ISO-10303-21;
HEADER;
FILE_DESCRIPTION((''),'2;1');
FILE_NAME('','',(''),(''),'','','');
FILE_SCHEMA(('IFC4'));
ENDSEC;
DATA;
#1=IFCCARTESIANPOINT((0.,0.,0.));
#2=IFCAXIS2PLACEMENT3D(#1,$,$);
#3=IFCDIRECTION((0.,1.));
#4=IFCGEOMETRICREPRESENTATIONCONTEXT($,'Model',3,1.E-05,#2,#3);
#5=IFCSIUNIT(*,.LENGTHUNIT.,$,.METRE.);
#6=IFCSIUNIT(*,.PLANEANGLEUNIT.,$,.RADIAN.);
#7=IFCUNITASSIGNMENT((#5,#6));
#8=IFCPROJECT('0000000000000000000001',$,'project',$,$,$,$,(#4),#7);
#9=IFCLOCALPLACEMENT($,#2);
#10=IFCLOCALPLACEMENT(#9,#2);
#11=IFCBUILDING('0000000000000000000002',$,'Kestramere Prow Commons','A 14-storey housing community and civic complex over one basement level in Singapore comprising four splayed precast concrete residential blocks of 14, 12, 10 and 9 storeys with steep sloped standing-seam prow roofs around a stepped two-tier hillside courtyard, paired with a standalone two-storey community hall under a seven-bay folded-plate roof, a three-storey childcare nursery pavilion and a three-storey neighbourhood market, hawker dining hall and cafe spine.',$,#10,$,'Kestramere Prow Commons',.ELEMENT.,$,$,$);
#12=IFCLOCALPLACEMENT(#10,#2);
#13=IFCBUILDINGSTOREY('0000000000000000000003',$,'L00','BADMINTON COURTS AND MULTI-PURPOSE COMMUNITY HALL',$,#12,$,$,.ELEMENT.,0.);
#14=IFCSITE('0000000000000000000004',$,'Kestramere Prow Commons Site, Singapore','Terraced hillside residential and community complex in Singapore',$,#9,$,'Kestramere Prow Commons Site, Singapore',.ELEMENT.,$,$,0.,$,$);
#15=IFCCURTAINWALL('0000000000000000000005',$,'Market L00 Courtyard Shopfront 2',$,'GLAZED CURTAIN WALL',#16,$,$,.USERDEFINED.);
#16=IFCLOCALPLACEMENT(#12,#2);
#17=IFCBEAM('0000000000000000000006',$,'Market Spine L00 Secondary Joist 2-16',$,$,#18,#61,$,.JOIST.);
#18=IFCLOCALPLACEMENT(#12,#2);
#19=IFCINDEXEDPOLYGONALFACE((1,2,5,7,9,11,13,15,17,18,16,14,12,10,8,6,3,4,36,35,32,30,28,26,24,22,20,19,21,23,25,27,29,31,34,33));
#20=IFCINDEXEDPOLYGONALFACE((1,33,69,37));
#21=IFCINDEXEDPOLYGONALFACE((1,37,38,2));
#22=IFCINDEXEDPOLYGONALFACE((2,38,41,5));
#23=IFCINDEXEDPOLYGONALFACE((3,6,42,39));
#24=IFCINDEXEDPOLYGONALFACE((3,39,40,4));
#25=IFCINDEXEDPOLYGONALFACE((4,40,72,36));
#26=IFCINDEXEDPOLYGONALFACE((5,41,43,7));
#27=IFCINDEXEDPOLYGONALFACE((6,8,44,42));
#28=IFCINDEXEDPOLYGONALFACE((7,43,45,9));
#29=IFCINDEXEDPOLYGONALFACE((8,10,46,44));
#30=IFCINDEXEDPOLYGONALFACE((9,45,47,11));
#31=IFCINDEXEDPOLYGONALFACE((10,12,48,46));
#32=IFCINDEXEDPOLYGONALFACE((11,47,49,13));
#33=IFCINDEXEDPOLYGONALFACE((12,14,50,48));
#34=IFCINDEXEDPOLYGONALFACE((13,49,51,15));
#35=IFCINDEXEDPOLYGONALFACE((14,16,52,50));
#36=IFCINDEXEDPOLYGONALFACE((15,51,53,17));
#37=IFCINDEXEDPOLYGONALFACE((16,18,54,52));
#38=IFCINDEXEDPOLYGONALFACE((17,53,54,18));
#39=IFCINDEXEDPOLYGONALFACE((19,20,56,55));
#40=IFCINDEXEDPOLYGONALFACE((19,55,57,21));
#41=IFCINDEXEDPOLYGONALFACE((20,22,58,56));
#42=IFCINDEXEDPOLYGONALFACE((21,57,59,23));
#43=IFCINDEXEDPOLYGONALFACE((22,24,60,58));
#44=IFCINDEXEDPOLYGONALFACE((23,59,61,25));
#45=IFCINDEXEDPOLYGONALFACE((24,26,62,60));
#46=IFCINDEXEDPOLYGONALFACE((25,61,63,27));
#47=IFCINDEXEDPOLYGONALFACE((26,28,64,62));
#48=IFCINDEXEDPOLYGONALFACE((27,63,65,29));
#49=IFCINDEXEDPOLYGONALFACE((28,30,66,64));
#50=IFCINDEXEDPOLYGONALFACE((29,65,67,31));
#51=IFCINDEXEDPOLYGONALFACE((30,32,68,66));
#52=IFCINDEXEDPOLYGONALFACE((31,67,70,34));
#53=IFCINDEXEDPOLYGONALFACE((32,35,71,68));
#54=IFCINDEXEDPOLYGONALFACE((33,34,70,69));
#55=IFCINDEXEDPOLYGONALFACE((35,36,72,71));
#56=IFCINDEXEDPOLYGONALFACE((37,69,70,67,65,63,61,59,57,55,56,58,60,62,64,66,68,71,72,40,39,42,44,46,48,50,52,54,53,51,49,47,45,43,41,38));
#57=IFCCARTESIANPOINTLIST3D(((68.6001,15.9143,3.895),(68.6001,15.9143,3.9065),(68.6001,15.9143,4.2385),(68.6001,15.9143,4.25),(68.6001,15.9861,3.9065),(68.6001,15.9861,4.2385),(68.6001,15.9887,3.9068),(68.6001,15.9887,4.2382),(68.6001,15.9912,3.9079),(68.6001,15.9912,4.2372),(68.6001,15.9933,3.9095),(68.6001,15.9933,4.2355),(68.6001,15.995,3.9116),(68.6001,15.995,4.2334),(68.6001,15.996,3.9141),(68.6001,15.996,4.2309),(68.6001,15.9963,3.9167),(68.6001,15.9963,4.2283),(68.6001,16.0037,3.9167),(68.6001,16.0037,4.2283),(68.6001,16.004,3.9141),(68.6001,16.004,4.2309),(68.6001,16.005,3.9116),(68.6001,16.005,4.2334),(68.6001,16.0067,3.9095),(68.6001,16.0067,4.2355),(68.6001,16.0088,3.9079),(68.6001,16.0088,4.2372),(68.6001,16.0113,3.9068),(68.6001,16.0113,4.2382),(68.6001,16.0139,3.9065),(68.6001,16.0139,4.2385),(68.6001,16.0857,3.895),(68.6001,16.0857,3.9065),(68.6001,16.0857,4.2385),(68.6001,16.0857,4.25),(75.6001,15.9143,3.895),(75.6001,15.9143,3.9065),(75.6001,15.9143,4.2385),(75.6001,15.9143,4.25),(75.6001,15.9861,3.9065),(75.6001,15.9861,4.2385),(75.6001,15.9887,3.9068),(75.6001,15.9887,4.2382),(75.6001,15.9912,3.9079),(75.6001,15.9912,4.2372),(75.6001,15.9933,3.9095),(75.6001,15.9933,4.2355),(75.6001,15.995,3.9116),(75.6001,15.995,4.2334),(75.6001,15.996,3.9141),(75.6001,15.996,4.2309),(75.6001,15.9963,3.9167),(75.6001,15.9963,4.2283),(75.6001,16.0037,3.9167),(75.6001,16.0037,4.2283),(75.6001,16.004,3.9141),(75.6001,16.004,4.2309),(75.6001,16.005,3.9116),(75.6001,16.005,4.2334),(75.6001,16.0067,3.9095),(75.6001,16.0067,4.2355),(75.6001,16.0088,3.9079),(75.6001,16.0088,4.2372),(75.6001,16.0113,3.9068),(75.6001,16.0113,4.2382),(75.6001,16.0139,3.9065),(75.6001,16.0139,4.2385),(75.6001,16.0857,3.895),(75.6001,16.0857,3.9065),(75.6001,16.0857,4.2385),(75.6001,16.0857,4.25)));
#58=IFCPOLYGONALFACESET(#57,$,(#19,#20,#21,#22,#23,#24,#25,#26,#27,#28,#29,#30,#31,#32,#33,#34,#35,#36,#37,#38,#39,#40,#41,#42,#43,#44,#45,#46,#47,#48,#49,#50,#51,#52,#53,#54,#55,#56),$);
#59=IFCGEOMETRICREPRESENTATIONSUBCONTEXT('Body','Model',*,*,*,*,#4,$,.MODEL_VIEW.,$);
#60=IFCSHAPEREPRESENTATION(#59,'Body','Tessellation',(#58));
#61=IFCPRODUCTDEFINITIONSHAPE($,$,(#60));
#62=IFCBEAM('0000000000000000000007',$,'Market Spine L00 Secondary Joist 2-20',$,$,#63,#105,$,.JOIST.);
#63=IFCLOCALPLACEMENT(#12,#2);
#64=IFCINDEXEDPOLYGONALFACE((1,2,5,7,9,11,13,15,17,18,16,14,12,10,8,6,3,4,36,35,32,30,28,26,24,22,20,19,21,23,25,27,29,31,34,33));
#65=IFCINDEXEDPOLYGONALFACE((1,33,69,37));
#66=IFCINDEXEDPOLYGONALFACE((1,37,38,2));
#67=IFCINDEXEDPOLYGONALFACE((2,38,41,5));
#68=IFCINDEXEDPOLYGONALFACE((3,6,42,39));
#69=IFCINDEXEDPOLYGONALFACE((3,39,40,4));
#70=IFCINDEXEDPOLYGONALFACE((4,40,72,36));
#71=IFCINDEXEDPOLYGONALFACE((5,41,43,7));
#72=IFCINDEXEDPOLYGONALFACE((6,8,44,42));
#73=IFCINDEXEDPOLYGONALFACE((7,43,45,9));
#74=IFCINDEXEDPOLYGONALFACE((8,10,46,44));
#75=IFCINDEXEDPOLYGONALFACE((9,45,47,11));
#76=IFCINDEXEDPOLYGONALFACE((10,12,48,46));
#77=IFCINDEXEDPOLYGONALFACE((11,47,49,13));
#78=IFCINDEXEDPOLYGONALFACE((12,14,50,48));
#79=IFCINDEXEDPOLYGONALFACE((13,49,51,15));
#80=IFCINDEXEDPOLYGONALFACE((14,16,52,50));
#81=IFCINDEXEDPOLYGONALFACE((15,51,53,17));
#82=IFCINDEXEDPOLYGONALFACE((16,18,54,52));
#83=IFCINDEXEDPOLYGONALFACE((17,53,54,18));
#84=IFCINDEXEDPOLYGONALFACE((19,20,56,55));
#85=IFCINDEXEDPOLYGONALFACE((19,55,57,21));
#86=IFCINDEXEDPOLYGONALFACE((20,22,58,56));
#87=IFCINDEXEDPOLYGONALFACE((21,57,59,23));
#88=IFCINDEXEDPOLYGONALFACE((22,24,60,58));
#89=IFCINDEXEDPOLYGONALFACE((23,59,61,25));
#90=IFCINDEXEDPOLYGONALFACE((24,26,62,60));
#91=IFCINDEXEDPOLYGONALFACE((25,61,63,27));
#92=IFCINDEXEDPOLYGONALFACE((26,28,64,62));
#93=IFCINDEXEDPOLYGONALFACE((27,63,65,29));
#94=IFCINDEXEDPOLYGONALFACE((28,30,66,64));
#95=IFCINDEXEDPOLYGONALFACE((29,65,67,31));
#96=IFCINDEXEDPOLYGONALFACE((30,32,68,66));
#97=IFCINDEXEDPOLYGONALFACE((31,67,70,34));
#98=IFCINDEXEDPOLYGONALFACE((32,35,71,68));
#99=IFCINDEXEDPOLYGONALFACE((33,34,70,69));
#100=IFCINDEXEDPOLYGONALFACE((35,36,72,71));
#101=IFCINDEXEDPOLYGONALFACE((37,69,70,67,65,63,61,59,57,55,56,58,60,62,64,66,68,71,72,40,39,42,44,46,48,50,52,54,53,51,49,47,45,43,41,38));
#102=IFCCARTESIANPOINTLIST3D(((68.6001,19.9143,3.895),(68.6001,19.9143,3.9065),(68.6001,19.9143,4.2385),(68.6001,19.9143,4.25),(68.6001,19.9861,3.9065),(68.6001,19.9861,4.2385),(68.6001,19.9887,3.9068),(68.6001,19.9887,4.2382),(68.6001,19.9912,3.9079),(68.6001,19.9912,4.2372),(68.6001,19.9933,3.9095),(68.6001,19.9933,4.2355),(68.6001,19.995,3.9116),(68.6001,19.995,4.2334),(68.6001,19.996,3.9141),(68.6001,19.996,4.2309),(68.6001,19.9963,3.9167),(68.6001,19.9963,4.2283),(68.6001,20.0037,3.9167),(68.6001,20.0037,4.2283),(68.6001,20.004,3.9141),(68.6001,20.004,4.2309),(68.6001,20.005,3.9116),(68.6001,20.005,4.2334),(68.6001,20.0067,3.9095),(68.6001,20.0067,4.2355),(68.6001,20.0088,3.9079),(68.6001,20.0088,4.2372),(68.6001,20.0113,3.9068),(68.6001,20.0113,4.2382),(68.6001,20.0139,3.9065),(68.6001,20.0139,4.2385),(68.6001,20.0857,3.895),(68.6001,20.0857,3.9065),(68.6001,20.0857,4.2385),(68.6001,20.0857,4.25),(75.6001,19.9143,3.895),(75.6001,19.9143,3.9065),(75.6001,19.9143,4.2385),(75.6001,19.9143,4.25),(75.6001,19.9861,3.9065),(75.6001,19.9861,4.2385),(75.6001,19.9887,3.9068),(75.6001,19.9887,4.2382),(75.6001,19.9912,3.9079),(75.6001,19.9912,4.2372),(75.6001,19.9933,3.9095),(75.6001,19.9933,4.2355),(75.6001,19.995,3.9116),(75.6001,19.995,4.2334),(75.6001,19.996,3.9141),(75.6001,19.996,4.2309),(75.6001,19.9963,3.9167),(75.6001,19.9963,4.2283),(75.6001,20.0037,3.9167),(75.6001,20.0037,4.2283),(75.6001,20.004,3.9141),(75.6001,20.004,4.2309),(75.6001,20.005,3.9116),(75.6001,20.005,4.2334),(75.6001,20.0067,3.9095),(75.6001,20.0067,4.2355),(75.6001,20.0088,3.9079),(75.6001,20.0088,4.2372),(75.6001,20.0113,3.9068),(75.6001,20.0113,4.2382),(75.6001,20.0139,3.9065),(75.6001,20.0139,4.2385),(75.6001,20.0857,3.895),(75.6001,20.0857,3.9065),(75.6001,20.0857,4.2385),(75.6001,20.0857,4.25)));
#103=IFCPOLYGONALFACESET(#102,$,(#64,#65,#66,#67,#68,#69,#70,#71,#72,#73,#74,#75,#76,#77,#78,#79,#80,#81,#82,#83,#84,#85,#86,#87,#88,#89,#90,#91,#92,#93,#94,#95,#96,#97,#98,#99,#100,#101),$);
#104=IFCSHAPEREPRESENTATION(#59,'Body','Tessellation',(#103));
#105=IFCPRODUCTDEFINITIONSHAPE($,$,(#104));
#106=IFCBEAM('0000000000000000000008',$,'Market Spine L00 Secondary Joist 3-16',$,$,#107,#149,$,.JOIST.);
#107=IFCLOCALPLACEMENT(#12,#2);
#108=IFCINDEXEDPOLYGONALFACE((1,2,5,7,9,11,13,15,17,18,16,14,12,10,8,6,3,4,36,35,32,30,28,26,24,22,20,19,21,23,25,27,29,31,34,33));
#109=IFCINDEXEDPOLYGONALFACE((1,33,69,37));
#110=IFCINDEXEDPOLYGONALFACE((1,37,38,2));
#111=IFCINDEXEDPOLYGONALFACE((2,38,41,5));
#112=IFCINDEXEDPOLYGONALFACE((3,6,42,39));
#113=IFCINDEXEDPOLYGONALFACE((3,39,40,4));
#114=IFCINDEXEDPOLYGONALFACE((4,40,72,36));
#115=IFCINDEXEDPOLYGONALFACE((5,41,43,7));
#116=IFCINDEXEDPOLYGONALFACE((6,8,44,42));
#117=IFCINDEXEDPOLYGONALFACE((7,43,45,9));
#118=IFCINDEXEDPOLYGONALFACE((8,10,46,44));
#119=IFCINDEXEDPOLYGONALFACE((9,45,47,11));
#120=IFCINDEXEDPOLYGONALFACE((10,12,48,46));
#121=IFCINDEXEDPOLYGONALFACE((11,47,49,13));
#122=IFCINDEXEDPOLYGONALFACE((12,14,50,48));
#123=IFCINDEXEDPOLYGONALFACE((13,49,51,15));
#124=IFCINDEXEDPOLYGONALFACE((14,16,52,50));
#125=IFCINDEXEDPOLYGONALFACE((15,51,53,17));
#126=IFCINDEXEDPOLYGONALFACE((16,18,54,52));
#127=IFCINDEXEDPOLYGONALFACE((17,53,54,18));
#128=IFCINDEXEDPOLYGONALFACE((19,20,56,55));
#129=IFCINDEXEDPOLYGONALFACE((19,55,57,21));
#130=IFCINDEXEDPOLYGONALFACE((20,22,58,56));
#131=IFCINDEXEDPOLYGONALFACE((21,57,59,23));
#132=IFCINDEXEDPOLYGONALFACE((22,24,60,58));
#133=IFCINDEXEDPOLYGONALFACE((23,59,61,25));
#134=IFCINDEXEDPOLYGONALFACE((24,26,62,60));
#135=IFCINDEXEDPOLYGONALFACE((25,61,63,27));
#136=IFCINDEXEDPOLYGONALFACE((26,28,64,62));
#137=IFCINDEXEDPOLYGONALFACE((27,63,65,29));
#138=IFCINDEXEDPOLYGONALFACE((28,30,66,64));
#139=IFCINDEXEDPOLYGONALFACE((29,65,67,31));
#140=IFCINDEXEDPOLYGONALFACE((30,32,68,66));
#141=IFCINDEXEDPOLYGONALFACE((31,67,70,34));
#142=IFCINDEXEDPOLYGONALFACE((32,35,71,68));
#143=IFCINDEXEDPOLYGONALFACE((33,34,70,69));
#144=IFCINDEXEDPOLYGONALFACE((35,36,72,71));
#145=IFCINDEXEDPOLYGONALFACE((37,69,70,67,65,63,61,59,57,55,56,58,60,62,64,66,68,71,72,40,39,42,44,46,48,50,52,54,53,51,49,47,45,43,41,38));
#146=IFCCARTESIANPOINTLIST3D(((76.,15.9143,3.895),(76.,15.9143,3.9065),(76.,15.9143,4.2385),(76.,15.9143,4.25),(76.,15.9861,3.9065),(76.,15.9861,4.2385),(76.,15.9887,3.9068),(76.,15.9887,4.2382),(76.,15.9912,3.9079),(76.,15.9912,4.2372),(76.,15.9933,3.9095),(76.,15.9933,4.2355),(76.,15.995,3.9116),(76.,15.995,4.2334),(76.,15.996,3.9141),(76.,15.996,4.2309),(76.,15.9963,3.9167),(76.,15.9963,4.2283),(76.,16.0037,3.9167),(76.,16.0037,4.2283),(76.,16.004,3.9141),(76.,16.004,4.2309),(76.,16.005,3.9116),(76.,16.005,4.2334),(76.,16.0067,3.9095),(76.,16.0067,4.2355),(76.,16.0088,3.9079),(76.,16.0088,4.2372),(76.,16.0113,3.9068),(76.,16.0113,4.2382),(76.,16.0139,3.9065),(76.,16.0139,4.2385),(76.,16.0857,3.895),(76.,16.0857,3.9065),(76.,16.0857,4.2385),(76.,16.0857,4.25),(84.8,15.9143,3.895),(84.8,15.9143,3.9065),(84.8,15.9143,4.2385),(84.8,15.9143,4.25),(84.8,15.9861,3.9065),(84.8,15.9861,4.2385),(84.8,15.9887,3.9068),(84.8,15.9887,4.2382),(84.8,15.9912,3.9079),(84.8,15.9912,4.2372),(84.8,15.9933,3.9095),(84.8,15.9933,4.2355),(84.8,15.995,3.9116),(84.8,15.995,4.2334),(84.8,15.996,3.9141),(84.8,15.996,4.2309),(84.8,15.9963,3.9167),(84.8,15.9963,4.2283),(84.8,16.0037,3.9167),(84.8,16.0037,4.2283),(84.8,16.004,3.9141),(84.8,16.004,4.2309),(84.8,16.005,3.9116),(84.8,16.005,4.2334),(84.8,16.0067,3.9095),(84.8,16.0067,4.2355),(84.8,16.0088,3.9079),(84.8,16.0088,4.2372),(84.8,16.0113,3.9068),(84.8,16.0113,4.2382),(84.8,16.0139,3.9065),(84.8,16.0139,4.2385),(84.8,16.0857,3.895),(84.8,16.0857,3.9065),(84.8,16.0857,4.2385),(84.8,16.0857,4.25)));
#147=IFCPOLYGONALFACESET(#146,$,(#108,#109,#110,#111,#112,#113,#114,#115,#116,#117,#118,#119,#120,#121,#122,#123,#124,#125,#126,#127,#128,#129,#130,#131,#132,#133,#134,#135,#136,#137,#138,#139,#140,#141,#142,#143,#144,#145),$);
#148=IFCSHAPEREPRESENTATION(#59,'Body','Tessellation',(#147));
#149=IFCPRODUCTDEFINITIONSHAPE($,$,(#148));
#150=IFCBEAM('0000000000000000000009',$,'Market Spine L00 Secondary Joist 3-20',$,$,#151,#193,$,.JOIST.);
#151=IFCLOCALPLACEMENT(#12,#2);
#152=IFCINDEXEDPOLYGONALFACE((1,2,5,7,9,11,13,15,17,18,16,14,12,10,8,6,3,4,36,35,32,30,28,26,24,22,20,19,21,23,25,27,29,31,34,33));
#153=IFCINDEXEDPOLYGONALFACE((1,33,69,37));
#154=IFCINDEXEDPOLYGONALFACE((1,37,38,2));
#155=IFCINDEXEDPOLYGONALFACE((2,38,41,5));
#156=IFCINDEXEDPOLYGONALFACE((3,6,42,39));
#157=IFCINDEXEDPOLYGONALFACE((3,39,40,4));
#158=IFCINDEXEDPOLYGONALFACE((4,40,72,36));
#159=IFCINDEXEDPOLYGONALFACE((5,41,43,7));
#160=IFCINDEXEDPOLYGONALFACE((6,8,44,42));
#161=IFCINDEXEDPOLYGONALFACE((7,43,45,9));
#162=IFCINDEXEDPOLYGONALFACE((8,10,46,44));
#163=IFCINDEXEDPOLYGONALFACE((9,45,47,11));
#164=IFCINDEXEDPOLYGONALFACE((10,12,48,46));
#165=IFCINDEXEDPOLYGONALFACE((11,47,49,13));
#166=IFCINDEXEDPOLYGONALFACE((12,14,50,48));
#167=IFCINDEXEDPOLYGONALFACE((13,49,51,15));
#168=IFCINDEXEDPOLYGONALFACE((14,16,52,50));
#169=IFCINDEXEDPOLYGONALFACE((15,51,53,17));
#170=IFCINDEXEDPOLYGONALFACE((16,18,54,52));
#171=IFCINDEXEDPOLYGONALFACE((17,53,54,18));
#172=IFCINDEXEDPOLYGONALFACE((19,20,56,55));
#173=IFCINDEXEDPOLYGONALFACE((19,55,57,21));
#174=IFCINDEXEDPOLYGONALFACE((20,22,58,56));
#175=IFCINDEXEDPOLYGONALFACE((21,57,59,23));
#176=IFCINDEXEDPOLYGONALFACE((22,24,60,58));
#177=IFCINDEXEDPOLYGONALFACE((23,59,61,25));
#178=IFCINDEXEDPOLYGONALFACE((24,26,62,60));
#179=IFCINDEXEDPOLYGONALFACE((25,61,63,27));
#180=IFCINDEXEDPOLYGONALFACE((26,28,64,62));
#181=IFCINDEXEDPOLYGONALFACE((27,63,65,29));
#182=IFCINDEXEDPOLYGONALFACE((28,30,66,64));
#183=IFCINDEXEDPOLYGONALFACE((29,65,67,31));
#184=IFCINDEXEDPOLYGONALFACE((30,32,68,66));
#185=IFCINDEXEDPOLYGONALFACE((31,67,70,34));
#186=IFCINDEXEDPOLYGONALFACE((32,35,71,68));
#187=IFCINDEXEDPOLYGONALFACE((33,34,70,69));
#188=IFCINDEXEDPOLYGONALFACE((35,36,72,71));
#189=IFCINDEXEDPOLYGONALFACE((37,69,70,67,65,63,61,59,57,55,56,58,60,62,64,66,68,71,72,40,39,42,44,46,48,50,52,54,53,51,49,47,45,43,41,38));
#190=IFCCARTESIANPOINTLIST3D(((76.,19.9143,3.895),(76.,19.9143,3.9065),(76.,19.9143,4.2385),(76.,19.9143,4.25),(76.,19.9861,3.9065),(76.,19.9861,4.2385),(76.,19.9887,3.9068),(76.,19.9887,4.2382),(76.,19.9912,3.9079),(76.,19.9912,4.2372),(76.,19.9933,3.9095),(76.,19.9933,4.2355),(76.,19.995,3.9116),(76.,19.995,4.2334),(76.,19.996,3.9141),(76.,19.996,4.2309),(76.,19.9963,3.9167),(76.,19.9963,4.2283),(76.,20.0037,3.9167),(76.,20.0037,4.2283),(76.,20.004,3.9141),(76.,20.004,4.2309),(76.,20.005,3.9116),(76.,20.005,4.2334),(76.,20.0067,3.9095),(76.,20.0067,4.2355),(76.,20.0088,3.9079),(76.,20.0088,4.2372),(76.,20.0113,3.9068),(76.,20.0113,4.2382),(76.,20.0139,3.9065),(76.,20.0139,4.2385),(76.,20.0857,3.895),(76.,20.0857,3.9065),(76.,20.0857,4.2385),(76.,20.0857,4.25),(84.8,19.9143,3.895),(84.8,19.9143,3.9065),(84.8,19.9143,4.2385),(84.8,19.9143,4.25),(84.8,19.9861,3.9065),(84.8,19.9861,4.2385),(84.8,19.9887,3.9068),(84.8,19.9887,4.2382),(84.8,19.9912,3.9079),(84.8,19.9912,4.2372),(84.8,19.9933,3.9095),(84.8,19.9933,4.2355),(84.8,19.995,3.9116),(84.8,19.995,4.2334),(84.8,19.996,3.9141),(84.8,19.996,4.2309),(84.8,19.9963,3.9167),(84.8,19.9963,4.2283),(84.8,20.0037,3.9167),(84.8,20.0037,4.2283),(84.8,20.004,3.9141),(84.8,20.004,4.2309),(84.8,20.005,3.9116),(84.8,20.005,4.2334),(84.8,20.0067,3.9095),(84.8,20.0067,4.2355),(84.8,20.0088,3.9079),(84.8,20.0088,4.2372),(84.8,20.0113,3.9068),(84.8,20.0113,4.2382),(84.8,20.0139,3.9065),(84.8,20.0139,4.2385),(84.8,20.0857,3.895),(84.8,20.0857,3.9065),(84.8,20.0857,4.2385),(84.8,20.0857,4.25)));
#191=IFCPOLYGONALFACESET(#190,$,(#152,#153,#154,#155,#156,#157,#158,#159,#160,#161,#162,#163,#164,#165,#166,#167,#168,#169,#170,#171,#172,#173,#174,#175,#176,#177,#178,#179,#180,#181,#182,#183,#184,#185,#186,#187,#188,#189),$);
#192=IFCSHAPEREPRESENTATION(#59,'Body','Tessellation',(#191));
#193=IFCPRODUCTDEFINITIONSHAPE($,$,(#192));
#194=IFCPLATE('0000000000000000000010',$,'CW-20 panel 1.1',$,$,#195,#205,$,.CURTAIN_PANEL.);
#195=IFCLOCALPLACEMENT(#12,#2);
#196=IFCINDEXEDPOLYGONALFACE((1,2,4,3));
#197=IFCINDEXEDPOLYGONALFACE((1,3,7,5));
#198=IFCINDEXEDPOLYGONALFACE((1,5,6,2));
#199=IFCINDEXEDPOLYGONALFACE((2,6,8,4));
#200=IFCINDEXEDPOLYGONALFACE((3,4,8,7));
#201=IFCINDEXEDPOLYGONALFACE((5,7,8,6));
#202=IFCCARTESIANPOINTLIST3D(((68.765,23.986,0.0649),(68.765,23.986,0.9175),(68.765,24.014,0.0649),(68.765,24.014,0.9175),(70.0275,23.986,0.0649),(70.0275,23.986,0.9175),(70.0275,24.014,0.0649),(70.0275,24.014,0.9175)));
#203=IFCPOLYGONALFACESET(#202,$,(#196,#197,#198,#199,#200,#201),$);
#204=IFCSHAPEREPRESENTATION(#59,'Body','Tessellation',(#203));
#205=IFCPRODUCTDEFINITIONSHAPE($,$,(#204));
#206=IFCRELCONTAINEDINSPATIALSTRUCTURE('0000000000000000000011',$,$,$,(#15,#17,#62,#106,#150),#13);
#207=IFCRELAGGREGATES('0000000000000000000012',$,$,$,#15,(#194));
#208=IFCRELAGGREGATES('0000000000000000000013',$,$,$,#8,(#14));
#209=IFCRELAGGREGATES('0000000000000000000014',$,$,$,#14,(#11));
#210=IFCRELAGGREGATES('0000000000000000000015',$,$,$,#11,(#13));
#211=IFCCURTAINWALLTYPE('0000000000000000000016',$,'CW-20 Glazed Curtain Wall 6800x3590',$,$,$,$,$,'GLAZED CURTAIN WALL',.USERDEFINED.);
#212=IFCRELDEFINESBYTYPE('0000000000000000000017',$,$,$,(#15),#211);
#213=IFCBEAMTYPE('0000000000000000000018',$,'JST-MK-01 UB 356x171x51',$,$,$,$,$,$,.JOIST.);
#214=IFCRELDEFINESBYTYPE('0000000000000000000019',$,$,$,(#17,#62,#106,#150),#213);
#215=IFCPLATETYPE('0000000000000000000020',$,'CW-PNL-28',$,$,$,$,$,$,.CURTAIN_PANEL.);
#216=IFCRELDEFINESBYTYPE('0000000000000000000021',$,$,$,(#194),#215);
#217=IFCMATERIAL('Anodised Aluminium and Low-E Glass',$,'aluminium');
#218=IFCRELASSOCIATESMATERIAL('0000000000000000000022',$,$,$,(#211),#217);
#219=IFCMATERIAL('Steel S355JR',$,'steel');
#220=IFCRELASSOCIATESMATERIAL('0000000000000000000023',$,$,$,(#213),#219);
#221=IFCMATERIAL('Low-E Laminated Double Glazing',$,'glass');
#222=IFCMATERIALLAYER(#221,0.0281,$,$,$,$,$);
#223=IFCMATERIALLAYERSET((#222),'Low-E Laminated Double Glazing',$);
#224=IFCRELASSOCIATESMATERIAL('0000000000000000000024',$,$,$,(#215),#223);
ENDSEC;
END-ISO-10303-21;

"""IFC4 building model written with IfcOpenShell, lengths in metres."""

from ifc_helpers import new_model, si_unit, direction, frame, origin, origin_2d, place, context, subcontext, project, spatial, rectangle, i_section, extrude, material, layer, layer_set, material_profile, profile_set, type_object, element, aggregate, save


model = new_model("IFC4")

# Units and contexts
model_context = context("Model", 3, precision=1e-05, world=origin(), true_north=direction((0.0, 1.0)))
body_context = subcontext(model_context, "Body", "Model", "MODEL_VIEW")
ifc_project = project(units=[si_unit("LENGTHUNIT", "METRE"), si_unit("PLANEANGLEUNIT", "RADIAN")], contexts=[model_context])

# Site, building, storey
site_placement = place(None, origin())
site = spatial("IfcSite", under=ifc_project, at=site_placement, Name="Kestramere Prow Commons Site, Singapore", Description="Terraced hillside residential and community complex in Singapore", LongName="Kestramere Prow Commons Site, Singapore", CompositionType="ELEMENT", RefElevation=0.0)
building_placement = place(site_placement, origin())
building = spatial("IfcBuilding", under=site, at=building_placement, Name="Kestramere Prow Commons", Description="A 14-storey housing community and civic complex over one basement level in Singapore comprising four splayed precast concrete residential blocks of 14, 12, 10 and 9 storeys with steep sloped standing-seam prow roofs around a stepped two-tier hillside courtyard, paired with a standalone two-storey community hall under a seven-bay folded-plate roof, a three-storey childcare nursery pavilion and a three-storey neighbourhood market, hawker dining hall and cafe spine.", LongName="Kestramere Prow Commons", CompositionType="ELEMENT")
storey_placement = place(building_placement, origin())
storey = spatial("IfcBuildingStorey", under=building, at=storey_placement, Name="L00", Description="BADMINTON COURTS AND MULTI-PURPOSE COMMUNITY HALL", CompositionType="ELEMENT", Elevation=0.0)

# Curtain wall
ifc_material_1 = material(Name="Anodised Aluminium and Low-E Glass", Category="aluminium")
curtain_wall_type = type_object("IfcCurtainWallType", Name="CW-20 Glazed Curtain Wall 6800x3590", ElementType="GLAZED CURTAIN WALL", PredefinedType="USERDEFINED", material=ifc_material_1)
curtain_wall_placement = place(storey_placement, origin())
curtain_wall = element("IfcCurtainWall", 1, at=curtain_wall_placement, inside=storey, type_object=curtain_wall_type, Name="Market L00 Courtyard Shopfront 2", ObjectType="GLAZED CURTAIN WALL", PredefinedType="USERDEFINED")

# Beams
ifc_material_2 = material(Name="Steel S355JR", Category="steel")
ifc_material_profile_1 = material_profile(ifc_material_2, i_section(OverallWidth=0.1714, OverallDepth=0.355, WebThickness=0.0073, FlangeThickness=0.0115, FilletRadius=0.0103, at=origin_2d()), Name="UB 356x171x51")
ifc_profile_set_1 = profile_set([ifc_material_profile_1], Name="Steel S355JR")
beam_type_1 = type_object("IfcBeamType", Name="JST-MK-01 UB 356x171x51", PredefinedType="JOIST", material=ifc_profile_set_1)
for number, where, z_axis, x_axis, name in (
    (2, (68.6001, 16.0, 4.0725), (1.0, 0.0, 0.0), (0.0, 1.0, 0.0), "Market Spine L00 Secondary Joist 2-16"),
    (3, (68.6001, 20.0, 4.0725), (1.0, 0.0, 0.0), (0.0, 1.0, 0.0), "Market Spine L00 Secondary Joist 2-20"),
):
    element("IfcBeam", number, at=place(storey_placement, frame(where, z_axis=z_axis, x_axis=x_axis)), inside=storey, type_object=beam_type_1, Name=name, PredefinedType="JOIST", context=body_context, shape_type="SweptSolid", body=[
        extrude(i_section(OverallWidth=0.1714, OverallDepth=0.355, WebThickness=0.0073, FlangeThickness=0.0115, FilletRadius=0.0103, at=origin_2d()), origin(), (0.0, 0.0, 1.0), 7.0),
    ])
for number, where, z_axis, x_axis, name in (
    (4, (76.0, 16.0, 4.0725), (1.0, 0.0, 0.0), (0.0, 1.0, 0.0), "Market Spine L00 Secondary Joist 3-16"),
    (5, (76.0, 20.0, 4.0725), (1.0, 0.0, 0.0), (0.0, 1.0, 0.0), "Market Spine L00 Secondary Joist 3-20"),
):
    element("IfcBeam", number, at=place(storey_placement, frame(where, z_axis=z_axis, x_axis=x_axis)), inside=storey, type_object=beam_type_1, Name=name, PredefinedType="JOIST", context=body_context, shape_type="SweptSolid", body=[
        extrude(i_section(OverallWidth=0.1714, OverallDepth=0.355, WebThickness=0.0073, FlangeThickness=0.0115, FilletRadius=0.0103, at=origin_2d()), origin(), (0.0, 0.0, 1.0), 8.8),
    ])

# Plate
ifc_material_3 = material(Name="Low-E Laminated Double Glazing", Category="glass")
ifc_layer_1 = layer(ifc_material_3, 0.0281)
ifc_layer_set_1 = layer_set([ifc_layer_1], Name="Low-E Laminated Double Glazing")
plate_type = type_object("IfcPlateType", Name="CW-PNL-28", PredefinedType="CURTAIN_PANEL", material=ifc_layer_set_1)
plate_1_placement = place(storey_placement, frame((69.3962, 24.0, 0.0649), z_axis=(0.0, 0.0, 1.0), x_axis=(1.0, 0.0, 0.0)))
plate_1 = element("IfcPlate", 6, at=plate_1_placement, type_object=plate_type, Name="CW-20 panel 1.1", PredefinedType="CURTAIN_PANEL", context=body_context, shape_type="SweptSolid", body=[
    extrude(rectangle(XDim=1.2625, YDim=0.0281, at=origin_2d()), origin(), (0.0, 0.0, 1.0), 0.8525),
])
aggregate(curtain_wall, [plate_1])

save(model, "model.ifc")
